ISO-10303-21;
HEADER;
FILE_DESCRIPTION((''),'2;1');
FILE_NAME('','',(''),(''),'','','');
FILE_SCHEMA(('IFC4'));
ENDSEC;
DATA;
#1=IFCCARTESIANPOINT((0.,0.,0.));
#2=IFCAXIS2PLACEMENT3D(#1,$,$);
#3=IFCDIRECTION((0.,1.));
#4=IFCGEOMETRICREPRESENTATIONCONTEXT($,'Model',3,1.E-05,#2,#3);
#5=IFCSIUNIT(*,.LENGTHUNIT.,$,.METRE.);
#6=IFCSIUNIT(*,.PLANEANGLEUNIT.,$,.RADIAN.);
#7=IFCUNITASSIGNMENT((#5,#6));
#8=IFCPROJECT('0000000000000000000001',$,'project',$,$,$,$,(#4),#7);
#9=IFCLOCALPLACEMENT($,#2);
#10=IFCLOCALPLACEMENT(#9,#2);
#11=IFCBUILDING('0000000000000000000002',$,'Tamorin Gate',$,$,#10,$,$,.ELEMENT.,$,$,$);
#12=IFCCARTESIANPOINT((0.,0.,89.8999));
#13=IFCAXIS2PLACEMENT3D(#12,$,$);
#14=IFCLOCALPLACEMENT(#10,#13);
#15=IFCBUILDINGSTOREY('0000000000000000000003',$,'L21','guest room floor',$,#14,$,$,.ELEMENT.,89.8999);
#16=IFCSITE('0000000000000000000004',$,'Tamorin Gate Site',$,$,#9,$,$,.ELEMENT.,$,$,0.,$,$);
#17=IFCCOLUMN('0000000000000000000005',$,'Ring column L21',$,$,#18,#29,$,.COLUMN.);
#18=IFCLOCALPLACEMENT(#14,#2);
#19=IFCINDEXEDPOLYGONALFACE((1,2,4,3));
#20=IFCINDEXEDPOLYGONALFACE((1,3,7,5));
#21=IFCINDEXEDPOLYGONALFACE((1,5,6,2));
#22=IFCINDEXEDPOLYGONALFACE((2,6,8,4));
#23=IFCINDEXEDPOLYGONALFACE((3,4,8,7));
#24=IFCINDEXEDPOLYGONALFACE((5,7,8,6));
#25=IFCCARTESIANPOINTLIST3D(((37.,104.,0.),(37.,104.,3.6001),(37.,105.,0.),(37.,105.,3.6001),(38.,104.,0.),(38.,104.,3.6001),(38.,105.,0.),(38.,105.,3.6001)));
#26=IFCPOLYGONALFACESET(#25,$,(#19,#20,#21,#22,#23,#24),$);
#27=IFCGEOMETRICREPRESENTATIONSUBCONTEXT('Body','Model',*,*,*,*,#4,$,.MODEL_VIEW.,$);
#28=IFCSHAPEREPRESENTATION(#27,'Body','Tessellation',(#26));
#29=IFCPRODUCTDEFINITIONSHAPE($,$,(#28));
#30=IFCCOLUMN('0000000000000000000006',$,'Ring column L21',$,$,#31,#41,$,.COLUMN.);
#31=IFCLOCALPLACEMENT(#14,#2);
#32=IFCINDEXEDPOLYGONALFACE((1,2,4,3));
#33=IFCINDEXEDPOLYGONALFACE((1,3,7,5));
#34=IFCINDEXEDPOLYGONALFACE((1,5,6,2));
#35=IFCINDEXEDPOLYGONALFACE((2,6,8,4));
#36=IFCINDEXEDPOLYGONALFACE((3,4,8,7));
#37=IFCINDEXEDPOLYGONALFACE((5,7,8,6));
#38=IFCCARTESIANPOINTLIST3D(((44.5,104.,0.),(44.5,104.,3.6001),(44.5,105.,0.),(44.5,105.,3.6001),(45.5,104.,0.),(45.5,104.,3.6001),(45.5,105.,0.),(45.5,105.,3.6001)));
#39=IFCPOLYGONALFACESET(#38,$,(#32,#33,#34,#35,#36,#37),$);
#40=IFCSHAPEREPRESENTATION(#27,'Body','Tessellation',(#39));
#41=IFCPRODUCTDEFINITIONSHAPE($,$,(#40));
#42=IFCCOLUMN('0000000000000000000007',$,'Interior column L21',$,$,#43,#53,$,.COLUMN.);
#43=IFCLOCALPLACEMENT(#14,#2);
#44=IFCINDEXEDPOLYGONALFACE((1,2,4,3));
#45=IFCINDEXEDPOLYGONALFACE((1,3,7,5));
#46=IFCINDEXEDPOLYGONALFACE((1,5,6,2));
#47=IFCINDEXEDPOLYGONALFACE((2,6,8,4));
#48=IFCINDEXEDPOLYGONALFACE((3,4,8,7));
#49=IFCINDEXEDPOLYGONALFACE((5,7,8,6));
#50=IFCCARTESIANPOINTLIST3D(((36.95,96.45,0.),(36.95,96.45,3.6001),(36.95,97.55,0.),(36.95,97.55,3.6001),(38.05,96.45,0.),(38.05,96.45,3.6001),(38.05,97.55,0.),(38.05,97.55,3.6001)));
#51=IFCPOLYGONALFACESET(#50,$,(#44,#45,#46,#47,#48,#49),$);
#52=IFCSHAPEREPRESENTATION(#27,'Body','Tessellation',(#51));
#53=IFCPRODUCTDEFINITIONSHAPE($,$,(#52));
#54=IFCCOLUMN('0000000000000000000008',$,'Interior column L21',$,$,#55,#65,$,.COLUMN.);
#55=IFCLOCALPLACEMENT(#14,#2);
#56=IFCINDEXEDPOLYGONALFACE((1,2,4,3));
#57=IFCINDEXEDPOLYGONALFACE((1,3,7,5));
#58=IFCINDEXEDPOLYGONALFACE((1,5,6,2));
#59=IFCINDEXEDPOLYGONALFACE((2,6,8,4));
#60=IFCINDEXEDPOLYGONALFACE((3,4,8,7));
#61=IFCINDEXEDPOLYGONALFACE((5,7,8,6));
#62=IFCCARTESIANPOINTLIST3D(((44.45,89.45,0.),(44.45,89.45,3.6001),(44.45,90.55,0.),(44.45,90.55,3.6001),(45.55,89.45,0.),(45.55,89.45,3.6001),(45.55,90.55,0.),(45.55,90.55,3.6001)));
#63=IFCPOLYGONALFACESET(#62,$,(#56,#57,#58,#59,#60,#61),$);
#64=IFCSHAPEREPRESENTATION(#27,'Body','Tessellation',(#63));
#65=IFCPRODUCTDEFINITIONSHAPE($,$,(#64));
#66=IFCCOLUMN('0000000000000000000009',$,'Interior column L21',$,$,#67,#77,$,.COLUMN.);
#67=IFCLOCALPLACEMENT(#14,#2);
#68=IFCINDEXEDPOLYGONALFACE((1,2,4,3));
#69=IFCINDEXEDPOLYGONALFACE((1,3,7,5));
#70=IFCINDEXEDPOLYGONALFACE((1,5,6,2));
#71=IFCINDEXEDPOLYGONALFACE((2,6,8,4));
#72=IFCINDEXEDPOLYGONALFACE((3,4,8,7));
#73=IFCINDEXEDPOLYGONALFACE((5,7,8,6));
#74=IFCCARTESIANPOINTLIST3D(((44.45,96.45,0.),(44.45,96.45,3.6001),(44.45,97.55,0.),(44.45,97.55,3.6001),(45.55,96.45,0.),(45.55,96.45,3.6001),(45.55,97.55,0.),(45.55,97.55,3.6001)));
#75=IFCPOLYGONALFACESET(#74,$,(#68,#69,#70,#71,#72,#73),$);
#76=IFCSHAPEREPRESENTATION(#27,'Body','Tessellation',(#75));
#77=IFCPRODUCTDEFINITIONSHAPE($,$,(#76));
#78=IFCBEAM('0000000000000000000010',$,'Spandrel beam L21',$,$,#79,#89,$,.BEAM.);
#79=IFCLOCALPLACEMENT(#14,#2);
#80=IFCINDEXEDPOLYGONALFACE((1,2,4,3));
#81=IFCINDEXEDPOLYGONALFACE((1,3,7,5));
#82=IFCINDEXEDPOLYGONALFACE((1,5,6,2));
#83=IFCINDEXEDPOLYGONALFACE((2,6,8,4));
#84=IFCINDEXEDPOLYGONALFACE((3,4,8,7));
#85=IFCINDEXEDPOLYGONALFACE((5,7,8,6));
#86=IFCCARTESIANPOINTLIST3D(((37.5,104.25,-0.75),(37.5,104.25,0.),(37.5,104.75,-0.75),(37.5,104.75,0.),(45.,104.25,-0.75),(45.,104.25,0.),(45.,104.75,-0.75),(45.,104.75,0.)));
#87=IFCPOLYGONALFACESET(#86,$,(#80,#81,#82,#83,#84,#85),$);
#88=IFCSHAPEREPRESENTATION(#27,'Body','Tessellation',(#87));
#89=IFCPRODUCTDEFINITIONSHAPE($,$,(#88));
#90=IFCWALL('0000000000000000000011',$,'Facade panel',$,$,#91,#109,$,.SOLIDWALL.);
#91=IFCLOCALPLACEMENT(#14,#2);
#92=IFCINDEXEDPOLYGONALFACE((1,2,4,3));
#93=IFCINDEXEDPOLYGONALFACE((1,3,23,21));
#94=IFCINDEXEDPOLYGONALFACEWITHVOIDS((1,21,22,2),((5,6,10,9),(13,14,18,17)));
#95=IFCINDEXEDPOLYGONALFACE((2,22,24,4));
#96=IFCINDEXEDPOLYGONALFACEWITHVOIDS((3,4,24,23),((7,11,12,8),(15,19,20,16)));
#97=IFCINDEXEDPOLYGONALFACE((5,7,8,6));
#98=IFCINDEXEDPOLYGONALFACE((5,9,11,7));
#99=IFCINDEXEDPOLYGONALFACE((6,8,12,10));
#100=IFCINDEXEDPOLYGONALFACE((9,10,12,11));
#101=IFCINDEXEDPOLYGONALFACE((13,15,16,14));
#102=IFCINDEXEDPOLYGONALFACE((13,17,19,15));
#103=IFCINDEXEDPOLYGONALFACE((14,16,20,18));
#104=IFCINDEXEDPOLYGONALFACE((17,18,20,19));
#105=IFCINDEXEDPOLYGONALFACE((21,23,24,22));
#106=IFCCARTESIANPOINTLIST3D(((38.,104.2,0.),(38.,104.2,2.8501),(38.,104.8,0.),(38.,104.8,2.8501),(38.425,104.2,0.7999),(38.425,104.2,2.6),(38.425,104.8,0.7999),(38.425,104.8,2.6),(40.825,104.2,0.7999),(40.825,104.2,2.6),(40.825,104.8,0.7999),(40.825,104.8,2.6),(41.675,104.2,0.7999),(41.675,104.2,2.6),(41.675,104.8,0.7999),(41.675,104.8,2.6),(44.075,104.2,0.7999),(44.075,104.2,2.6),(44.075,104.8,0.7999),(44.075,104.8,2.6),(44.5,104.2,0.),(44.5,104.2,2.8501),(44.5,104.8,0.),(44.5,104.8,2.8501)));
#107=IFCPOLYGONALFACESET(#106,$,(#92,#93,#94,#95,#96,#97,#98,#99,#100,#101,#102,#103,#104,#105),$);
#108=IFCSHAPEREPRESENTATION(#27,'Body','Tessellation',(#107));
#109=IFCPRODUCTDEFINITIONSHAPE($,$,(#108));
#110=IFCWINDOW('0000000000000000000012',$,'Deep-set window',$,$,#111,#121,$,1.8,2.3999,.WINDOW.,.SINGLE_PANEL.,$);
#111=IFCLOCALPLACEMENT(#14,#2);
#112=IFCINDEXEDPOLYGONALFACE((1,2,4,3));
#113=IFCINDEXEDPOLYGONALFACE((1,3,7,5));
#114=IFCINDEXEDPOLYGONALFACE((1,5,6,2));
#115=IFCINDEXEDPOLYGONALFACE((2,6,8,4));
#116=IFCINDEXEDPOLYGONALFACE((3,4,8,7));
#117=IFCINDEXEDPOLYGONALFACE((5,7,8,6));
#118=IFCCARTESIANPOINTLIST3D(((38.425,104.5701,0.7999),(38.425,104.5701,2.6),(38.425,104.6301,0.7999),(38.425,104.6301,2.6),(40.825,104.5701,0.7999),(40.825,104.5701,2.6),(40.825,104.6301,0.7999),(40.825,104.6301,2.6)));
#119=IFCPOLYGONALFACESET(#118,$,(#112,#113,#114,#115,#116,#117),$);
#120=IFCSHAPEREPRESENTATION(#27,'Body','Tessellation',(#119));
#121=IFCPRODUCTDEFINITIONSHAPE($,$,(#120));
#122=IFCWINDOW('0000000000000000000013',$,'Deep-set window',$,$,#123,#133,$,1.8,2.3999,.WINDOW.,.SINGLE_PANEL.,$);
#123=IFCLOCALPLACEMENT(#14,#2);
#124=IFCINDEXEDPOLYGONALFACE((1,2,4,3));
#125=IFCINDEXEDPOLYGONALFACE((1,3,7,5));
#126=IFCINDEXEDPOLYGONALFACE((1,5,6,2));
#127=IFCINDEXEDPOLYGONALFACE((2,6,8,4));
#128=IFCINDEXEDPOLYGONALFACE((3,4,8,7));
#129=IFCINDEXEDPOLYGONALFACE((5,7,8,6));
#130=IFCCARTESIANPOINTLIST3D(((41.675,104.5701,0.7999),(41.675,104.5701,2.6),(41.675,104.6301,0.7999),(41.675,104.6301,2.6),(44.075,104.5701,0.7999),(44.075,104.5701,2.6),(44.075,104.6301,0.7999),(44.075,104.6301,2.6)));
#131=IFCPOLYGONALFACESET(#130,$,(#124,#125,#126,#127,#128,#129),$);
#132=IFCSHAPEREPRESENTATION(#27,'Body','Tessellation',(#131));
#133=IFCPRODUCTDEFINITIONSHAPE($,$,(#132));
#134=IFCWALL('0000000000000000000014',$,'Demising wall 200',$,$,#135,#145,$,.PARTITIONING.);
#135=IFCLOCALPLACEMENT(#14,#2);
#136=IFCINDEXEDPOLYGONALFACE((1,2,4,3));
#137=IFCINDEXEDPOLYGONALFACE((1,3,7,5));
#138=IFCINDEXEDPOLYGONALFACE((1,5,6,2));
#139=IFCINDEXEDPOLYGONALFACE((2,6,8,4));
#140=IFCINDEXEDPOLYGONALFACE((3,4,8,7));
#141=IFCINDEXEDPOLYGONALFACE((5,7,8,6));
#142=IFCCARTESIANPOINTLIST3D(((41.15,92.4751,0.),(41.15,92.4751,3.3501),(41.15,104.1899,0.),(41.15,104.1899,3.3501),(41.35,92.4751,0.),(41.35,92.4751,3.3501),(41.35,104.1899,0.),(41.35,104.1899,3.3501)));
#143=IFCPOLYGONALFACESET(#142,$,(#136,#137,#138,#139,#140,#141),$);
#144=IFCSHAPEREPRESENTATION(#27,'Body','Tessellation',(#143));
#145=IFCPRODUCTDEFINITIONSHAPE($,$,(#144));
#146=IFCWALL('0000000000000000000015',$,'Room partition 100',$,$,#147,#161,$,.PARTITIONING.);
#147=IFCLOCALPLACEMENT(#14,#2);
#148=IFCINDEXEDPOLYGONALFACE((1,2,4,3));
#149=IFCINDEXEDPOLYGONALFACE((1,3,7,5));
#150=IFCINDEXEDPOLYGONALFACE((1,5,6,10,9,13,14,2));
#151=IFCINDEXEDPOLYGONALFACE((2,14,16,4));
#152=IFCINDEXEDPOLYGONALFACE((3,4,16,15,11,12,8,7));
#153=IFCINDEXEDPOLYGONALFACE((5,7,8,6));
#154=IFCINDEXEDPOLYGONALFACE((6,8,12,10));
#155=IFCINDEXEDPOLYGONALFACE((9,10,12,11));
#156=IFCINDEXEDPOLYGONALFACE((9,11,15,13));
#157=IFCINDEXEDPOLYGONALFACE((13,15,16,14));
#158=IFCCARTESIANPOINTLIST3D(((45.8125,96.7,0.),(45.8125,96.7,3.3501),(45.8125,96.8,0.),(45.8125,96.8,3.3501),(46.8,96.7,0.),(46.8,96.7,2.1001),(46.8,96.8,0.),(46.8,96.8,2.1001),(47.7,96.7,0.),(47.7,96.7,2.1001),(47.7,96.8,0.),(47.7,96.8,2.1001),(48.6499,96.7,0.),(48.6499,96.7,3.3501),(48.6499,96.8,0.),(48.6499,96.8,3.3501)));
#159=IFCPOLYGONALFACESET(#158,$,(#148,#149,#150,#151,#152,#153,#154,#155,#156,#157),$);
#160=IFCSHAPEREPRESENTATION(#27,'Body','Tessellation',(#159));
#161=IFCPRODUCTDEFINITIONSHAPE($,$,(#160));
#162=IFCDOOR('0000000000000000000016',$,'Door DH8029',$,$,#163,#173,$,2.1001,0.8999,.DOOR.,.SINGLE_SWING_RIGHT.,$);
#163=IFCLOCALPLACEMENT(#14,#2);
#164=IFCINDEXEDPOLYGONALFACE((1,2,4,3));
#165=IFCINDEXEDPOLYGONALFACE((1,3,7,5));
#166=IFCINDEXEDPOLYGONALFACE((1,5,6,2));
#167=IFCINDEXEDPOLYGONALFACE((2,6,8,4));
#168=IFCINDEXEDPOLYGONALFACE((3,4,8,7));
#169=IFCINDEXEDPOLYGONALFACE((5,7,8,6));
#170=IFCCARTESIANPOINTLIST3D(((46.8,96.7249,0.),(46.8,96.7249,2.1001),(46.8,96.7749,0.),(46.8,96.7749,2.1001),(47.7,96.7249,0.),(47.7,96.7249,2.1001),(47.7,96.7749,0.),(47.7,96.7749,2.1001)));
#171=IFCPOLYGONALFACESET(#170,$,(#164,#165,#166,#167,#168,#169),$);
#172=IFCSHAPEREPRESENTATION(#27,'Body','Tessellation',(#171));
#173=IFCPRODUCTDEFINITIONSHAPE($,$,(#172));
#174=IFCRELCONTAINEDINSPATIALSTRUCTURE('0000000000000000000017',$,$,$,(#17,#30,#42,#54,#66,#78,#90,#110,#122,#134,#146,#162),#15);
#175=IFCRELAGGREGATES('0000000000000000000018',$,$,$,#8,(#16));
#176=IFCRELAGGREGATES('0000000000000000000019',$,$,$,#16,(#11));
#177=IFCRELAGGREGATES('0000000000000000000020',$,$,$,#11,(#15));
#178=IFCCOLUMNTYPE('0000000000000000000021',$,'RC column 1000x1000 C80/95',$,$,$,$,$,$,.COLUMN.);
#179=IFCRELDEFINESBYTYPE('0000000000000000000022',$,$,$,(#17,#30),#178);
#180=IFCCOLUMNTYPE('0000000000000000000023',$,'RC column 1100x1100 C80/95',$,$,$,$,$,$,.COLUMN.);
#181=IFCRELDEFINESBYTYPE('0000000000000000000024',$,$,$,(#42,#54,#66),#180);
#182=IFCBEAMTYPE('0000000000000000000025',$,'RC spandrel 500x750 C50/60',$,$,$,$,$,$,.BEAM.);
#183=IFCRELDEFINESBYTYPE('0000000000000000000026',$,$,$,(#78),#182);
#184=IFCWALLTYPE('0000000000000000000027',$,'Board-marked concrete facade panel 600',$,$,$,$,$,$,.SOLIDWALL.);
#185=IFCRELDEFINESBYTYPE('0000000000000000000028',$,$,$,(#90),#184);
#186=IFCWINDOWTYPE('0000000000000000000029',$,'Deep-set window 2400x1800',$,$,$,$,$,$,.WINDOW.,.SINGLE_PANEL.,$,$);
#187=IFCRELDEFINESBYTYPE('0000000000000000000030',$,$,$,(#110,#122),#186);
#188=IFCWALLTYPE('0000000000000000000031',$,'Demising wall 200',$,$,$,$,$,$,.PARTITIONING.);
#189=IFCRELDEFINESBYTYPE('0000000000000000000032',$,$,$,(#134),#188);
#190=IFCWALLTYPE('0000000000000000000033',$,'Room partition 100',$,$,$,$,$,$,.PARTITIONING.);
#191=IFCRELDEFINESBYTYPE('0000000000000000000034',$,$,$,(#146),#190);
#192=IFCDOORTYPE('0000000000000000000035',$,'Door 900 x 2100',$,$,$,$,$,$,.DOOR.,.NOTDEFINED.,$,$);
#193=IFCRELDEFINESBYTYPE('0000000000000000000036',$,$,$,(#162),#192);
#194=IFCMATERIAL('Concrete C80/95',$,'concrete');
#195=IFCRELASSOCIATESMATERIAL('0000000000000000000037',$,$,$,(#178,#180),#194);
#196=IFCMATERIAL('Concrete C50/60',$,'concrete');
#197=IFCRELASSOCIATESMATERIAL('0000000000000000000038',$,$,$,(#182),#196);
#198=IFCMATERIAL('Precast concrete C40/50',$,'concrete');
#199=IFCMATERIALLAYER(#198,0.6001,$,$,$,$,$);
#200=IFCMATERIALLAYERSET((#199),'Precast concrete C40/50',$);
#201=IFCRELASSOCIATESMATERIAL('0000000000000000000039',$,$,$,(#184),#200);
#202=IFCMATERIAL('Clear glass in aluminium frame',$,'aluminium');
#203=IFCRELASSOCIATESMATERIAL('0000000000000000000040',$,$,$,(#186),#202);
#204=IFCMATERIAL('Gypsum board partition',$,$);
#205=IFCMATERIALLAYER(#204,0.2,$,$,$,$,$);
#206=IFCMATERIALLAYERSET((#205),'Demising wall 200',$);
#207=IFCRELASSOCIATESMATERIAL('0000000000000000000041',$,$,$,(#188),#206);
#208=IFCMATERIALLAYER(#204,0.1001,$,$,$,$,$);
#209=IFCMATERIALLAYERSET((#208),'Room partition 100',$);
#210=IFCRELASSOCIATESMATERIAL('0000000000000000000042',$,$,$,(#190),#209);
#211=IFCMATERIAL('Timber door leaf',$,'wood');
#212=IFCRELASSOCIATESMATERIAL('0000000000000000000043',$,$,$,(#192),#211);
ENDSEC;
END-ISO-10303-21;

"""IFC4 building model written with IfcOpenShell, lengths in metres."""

from ifc_helpers import new_model, si_unit, direction, frame, frame_2d, origin, origin_2d, place, context, subcontext, project, spatial, rectangle, extrude, material, layer, layer_set, material_profile, profile_set, type_object, element, fill, save


model = new_model("IFC4")

# Units and contexts
model_context = context("Model", 3, precision=1e-05, world=origin(), true_north=direction((0.0, 1.0)))
body_context = subcontext(model_context, "Body", "Model", "MODEL_VIEW")
ifc_project = project(units=[si_unit("LENGTHUNIT", "METRE"), si_unit("PLANEANGLEUNIT", "RADIAN")], contexts=[model_context])

# Site, building, storey
site_placement = place(None, origin())
site = spatial("IfcSite", under=ifc_project, at=site_placement, Name="Tamorin Gate Site", CompositionType="ELEMENT", RefElevation=0.0)
building_placement = place(site_placement, origin())
building = spatial("IfcBuilding", under=site, at=building_placement, Name="Tamorin Gate", CompositionType="ELEMENT")
storey_placement = place(building_placement, frame((0.0, 0.0, 89.8999)))
storey = spatial("IfcBuildingStorey", under=building, at=storey_placement, Name="L21", Description="guest room floor", CompositionType="ELEMENT", Elevation=89.8999)

# Columns
ifc_material_1 = material(Name="Concrete C80/95", Category="concrete")
ifc_material_profile_1 = material_profile(ifc_material_1, rectangle(XDim=1.0, YDim=1.0, at=origin_2d()), Name="RC 1000x1000")
ifc_profile_set_1 = profile_set([ifc_material_profile_1], Name="Concrete C80/95")
column_type_1 = type_object("IfcColumnType", Name="RC column 1000x1000 C80/95", PredefinedType="COLUMN", material=ifc_profile_set_1)
for number, where, z_axis, x_axis, name in (
    (1, (37.5, 104.5, 0.0), (0.0, 0.0, 1.0), (1.0, 0.0, 0.0), "Ring column L21"),
    (2, (45.0, 104.5, 0.0), (0.0, 0.0, 1.0), (1.0, 0.0, 0.0), "Ring column L21"),
):
    element("IfcColumn", number, at=place(storey_placement, frame(where, z_axis=z_axis, x_axis=x_axis)), inside=storey, type_object=column_type_1, Name=name, PredefinedType="COLUMN", context=body_context, shape_type="SweptSolid", body=[
        extrude(rectangle(XDim=1.0, YDim=1.0, at=origin_2d()), origin(), (0.0, 0.0, 1.0), 3.6001),
    ])
ifc_material_profile_2 = material_profile(ifc_material_1, rectangle(XDim=1.1001, YDim=1.1001, at=origin_2d()), Name="RC 1100x1100")
ifc_profile_set_2 = profile_set([ifc_material_profile_2], Name="Concrete C80/95")
column_type_2 = type_object("IfcColumnType", Name="RC column 1100x1100 C80/95", PredefinedType="COLUMN", material=ifc_profile_set_2)
for number, where, z_axis, x_axis, name in (
    (3, (37.5, 97.0, 0.0), (0.0, 0.0, 1.0), (1.0, 0.0, 0.0), "Interior column L21"),
    (4, (45.0, 90.0, 0.0), (0.0, 0.0, 1.0), (1.0, 0.0, 0.0), "Interior column L21"),
    (5, (45.0, 97.0, 0.0), (0.0, 0.0, 1.0), (1.0, 0.0, 0.0), "Interior column L21"),
):
    element("IfcColumn", number, at=place(storey_placement, frame(where, z_axis=z_axis, x_axis=x_axis)), inside=storey, type_object=column_type_2, Name=name, PredefinedType="COLUMN", context=body_context, shape_type="SweptSolid", body=[
        extrude(rectangle(XDim=1.1001, YDim=1.1001, at=origin_2d()), origin(), (0.0, 0.0, 1.0), 3.6001),
    ])

# Beam
ifc_material_2 = material(Name="Concrete C50/60", Category="concrete")
ifc_material_profile_3 = material_profile(ifc_material_2, rectangle(XDim=0.5, YDim=0.75, at=origin_2d()), Name="RC 500x750")
ifc_profile_set_3 = profile_set([ifc_material_profile_3], Name="Concrete C50/60")
beam_type = type_object("IfcBeamType", Name="RC spandrel 500x750 C50/60", PredefinedType="BEAM", material=ifc_profile_set_3)
beam_placement = place(storey_placement, frame((45.0, 104.5, -0.375), z_axis=(-1.0, 0.0, 0.0), x_axis=(0.0, -1.0, 0.0)))
element("IfcBeam", 6, at=beam_placement, inside=storey, type_object=beam_type, Name="Spandrel beam L21", PredefinedType="BEAM", context=body_context, shape_type="SweptSolid", body=[
    extrude(rectangle(XDim=0.5, YDim=0.75, at=origin_2d()), origin(), (0.0, 0.0, 1.0), 7.5),
])

# Wall, openings, windows
ifc_material_3 = material(Name="Precast concrete C40/50", Category="concrete")
ifc_layer_1 = layer(ifc_material_3, 0.6001)
ifc_layer_set_1 = layer_set([ifc_layer_1], Name="Precast concrete C40/50")
wall_type_1 = type_object("IfcWallType", Name="Board-marked concrete facade panel 600", PredefinedType="SOLIDWALL", material=ifc_layer_set_1)
wall_1_placement = place(storey_placement, frame((44.5, 104.5, 0.0), z_axis=(0.0, 0.0, 1.0), x_axis=(-1.0, 0.0, 0.0)))
wall_1 = element("IfcWall", 7, at=wall_1_placement, inside=storey, type_object=wall_type_1, Name="Facade panel", PredefinedType="SOLIDWALL", context=body_context, shape_type="SweptSolid", body=[
    extrude(rectangle(XDim=6.5, YDim=0.6001, at=frame_2d((3.25, 0.0))), origin(), (0.0, 0.0, 1.0), 2.8501),
])
opening_1_placement = place(wall_1_placement, frame((3.675, 0.0, 0.8)))
opening_1 = element("IfcOpeningElement", 8, at=opening_1_placement, cuts=wall_1, PredefinedType="OPENING", context=body_context, shape_type="SweptSolid", body=[
    extrude(rectangle(XDim=2.3999, YDim=1.8, at=frame_2d((1.2, 0.8999))), frame((0.0, 0.3101, 0.0), z_axis=(0.0, -1.0, 0.0), x_axis=(1.0, 0.0, 0.0)), (0.0, 0.0, 1.0), 0.6201),
])
opening_2_placement = place(wall_1_placement, frame((0.425, 0.0, 0.8)))
opening_2 = element("IfcOpeningElement", 9, at=opening_2_placement, cuts=wall_1, PredefinedType="OPENING", context=body_context, shape_type="SweptSolid", body=[
    extrude(rectangle(XDim=2.3999, YDim=1.8, at=frame_2d((1.2, 0.8999))), frame((0.0, 0.3101, 0.0), z_axis=(0.0, -1.0, 0.0), x_axis=(1.0, 0.0, 0.0)), (0.0, 0.0, 1.0), 0.6201),
])
ifc_material_4 = material(Name="Clear glass in aluminium frame", Category="aluminium")
window_type = type_object("IfcWindowType", Name="Deep-set window 2400x1800", PartitioningType="SINGLE_PANEL", PredefinedType="WINDOW", material=ifc_material_4)
window_1_placement = place(opening_1_placement, origin())
window_1 = element("IfcWindow", 10, at=window_1_placement, inside=storey, type_object=window_type, Name="Deep-set window", OverallHeight=1.8, OverallWidth=2.3999, PartitioningType="SINGLE_PANEL", PredefinedType="WINDOW", context=body_context, shape_type="SweptSolid", body=[
    extrude(rectangle(XDim=2.3999, YDim=1.8, at=frame_2d((1.2, 0.8999))), frame((0.0, -0.0701, 0.0), z_axis=(0.0, -1.0, 0.0), x_axis=(1.0, 0.0, 0.0)), (0.0, 0.0, 1.0), 0.0601),
])
fill(opening_1, window_1)
window_2_placement = place(opening_2_placement, origin())
window_2 = element("IfcWindow", 11, at=window_2_placement, inside=storey, type_object=window_type, Name="Deep-set window", OverallHeight=1.8, OverallWidth=2.3999, PartitioningType="SINGLE_PANEL", PredefinedType="WINDOW", context=body_context, shape_type="SweptSolid", body=[
    extrude(rectangle(XDim=2.3999, YDim=1.8, at=frame_2d((1.2, 0.8999))), frame((0.0, -0.0701, 0.0), z_axis=(0.0, -1.0, 0.0), x_axis=(1.0, 0.0, 0.0)), (0.0, 0.0, 1.0), 0.0601),
])
fill(opening_2, window_2)

# Wall
ifc_material_5 = material(Name="Gypsum board partition")
ifc_layer_2 = layer(ifc_material_5, 0.2)
ifc_layer_set_2 = layer_set([ifc_layer_2], Name="Demising wall 200")
wall_type_2 = type_object("IfcWallType", Name="Demising wall 200", PredefinedType="PARTITIONING", material=ifc_layer_set_2)
wall_2_placement = place(storey_placement, frame((41.25, 92.4751, 0.0), z_axis=(0.0, 0.0, 1.0), x_axis=(0.0, 1.0, 0.0)))
element("IfcWall", 12, at=wall_2_placement, inside=storey, type_object=wall_type_2, Name="Demising wall 200", PredefinedType="PARTITIONING", context=body_context, shape_type="SweptSolid", body=[
    extrude(rectangle(XDim=11.7148, YDim=0.2, at=frame_2d((5.8574, 0.0))), origin(), (0.0, 0.0, 1.0), 3.3501),
])

# Wall, opening, door
ifc_layer_3 = layer(ifc_material_5, 0.1001)
ifc_layer_set_3 = layer_set([ifc_layer_3], Name="Room partition 100")
wall_type_3 = type_object("IfcWallType", Name="Room partition 100", PredefinedType="PARTITIONING", material=ifc_layer_set_3)
wall_3_placement = place(storey_placement, frame((45.8125, 96.75, 0.0), z_axis=(0.0, 0.0, 1.0), x_axis=(1.0, 0.0, 0.0)))
wall_3 = element("IfcWall", 13, at=wall_3_placement, inside=storey, type_object=wall_type_3, Name="Room partition 100", PredefinedType="PARTITIONING", context=body_context, shape_type="SweptSolid", body=[
    extrude(rectangle(XDim=2.8374, YDim=0.1001, at=frame_2d((1.4187, 0.0))), origin(), (0.0, 0.0, 1.0), 3.3501),
])
opening_3_placement = place(wall_3_placement, frame((0.9875, 0.0, 0.0)))
opening_3 = element("IfcOpeningElement", 14, at=opening_3_placement, cuts=wall_3, PredefinedType="OPENING", context=body_context, shape_type="SweptSolid", body=[
    extrude(rectangle(XDim=0.8999, YDim=2.1001, at=frame_2d((0.45, 1.05))), frame((0.0, 0.0601, 0.0), z_axis=(0.0, -1.0, 0.0), x_axis=(1.0, 0.0, 0.0)), (0.0, 0.0, 1.0), 0.1201),
])
ifc_material_6 = material(Name="Timber door leaf", Category="wood")
door_type = type_object("IfcDoorType", Name="Door 900 x 2100", OperationType="NOTDEFINED", PredefinedType="DOOR", material=ifc_material_6)
door_1_placement = place(opening_3_placement, origin())
door_1 = element("IfcDoor", 15, at=door_1_placement, inside=storey, type_object=door_type, Name="Door DH8029", OperationType="SINGLE_SWING_RIGHT", OverallHeight=2.1001, OverallWidth=0.8999, PredefinedType="DOOR", context=body_context, shape_type="SweptSolid", body=[
    extrude(rectangle(XDim=0.8999, YDim=2.1001, at=frame_2d((0.45, 1.05))), frame((0.0, 0.0249, 0.0), z_axis=(0.0, -1.0, 0.0), x_axis=(1.0, 0.0, 0.0)), (0.0, 0.0, 1.0), 0.05),
])
fill(opening_3, door_1)

save(model, "model.ifc")
